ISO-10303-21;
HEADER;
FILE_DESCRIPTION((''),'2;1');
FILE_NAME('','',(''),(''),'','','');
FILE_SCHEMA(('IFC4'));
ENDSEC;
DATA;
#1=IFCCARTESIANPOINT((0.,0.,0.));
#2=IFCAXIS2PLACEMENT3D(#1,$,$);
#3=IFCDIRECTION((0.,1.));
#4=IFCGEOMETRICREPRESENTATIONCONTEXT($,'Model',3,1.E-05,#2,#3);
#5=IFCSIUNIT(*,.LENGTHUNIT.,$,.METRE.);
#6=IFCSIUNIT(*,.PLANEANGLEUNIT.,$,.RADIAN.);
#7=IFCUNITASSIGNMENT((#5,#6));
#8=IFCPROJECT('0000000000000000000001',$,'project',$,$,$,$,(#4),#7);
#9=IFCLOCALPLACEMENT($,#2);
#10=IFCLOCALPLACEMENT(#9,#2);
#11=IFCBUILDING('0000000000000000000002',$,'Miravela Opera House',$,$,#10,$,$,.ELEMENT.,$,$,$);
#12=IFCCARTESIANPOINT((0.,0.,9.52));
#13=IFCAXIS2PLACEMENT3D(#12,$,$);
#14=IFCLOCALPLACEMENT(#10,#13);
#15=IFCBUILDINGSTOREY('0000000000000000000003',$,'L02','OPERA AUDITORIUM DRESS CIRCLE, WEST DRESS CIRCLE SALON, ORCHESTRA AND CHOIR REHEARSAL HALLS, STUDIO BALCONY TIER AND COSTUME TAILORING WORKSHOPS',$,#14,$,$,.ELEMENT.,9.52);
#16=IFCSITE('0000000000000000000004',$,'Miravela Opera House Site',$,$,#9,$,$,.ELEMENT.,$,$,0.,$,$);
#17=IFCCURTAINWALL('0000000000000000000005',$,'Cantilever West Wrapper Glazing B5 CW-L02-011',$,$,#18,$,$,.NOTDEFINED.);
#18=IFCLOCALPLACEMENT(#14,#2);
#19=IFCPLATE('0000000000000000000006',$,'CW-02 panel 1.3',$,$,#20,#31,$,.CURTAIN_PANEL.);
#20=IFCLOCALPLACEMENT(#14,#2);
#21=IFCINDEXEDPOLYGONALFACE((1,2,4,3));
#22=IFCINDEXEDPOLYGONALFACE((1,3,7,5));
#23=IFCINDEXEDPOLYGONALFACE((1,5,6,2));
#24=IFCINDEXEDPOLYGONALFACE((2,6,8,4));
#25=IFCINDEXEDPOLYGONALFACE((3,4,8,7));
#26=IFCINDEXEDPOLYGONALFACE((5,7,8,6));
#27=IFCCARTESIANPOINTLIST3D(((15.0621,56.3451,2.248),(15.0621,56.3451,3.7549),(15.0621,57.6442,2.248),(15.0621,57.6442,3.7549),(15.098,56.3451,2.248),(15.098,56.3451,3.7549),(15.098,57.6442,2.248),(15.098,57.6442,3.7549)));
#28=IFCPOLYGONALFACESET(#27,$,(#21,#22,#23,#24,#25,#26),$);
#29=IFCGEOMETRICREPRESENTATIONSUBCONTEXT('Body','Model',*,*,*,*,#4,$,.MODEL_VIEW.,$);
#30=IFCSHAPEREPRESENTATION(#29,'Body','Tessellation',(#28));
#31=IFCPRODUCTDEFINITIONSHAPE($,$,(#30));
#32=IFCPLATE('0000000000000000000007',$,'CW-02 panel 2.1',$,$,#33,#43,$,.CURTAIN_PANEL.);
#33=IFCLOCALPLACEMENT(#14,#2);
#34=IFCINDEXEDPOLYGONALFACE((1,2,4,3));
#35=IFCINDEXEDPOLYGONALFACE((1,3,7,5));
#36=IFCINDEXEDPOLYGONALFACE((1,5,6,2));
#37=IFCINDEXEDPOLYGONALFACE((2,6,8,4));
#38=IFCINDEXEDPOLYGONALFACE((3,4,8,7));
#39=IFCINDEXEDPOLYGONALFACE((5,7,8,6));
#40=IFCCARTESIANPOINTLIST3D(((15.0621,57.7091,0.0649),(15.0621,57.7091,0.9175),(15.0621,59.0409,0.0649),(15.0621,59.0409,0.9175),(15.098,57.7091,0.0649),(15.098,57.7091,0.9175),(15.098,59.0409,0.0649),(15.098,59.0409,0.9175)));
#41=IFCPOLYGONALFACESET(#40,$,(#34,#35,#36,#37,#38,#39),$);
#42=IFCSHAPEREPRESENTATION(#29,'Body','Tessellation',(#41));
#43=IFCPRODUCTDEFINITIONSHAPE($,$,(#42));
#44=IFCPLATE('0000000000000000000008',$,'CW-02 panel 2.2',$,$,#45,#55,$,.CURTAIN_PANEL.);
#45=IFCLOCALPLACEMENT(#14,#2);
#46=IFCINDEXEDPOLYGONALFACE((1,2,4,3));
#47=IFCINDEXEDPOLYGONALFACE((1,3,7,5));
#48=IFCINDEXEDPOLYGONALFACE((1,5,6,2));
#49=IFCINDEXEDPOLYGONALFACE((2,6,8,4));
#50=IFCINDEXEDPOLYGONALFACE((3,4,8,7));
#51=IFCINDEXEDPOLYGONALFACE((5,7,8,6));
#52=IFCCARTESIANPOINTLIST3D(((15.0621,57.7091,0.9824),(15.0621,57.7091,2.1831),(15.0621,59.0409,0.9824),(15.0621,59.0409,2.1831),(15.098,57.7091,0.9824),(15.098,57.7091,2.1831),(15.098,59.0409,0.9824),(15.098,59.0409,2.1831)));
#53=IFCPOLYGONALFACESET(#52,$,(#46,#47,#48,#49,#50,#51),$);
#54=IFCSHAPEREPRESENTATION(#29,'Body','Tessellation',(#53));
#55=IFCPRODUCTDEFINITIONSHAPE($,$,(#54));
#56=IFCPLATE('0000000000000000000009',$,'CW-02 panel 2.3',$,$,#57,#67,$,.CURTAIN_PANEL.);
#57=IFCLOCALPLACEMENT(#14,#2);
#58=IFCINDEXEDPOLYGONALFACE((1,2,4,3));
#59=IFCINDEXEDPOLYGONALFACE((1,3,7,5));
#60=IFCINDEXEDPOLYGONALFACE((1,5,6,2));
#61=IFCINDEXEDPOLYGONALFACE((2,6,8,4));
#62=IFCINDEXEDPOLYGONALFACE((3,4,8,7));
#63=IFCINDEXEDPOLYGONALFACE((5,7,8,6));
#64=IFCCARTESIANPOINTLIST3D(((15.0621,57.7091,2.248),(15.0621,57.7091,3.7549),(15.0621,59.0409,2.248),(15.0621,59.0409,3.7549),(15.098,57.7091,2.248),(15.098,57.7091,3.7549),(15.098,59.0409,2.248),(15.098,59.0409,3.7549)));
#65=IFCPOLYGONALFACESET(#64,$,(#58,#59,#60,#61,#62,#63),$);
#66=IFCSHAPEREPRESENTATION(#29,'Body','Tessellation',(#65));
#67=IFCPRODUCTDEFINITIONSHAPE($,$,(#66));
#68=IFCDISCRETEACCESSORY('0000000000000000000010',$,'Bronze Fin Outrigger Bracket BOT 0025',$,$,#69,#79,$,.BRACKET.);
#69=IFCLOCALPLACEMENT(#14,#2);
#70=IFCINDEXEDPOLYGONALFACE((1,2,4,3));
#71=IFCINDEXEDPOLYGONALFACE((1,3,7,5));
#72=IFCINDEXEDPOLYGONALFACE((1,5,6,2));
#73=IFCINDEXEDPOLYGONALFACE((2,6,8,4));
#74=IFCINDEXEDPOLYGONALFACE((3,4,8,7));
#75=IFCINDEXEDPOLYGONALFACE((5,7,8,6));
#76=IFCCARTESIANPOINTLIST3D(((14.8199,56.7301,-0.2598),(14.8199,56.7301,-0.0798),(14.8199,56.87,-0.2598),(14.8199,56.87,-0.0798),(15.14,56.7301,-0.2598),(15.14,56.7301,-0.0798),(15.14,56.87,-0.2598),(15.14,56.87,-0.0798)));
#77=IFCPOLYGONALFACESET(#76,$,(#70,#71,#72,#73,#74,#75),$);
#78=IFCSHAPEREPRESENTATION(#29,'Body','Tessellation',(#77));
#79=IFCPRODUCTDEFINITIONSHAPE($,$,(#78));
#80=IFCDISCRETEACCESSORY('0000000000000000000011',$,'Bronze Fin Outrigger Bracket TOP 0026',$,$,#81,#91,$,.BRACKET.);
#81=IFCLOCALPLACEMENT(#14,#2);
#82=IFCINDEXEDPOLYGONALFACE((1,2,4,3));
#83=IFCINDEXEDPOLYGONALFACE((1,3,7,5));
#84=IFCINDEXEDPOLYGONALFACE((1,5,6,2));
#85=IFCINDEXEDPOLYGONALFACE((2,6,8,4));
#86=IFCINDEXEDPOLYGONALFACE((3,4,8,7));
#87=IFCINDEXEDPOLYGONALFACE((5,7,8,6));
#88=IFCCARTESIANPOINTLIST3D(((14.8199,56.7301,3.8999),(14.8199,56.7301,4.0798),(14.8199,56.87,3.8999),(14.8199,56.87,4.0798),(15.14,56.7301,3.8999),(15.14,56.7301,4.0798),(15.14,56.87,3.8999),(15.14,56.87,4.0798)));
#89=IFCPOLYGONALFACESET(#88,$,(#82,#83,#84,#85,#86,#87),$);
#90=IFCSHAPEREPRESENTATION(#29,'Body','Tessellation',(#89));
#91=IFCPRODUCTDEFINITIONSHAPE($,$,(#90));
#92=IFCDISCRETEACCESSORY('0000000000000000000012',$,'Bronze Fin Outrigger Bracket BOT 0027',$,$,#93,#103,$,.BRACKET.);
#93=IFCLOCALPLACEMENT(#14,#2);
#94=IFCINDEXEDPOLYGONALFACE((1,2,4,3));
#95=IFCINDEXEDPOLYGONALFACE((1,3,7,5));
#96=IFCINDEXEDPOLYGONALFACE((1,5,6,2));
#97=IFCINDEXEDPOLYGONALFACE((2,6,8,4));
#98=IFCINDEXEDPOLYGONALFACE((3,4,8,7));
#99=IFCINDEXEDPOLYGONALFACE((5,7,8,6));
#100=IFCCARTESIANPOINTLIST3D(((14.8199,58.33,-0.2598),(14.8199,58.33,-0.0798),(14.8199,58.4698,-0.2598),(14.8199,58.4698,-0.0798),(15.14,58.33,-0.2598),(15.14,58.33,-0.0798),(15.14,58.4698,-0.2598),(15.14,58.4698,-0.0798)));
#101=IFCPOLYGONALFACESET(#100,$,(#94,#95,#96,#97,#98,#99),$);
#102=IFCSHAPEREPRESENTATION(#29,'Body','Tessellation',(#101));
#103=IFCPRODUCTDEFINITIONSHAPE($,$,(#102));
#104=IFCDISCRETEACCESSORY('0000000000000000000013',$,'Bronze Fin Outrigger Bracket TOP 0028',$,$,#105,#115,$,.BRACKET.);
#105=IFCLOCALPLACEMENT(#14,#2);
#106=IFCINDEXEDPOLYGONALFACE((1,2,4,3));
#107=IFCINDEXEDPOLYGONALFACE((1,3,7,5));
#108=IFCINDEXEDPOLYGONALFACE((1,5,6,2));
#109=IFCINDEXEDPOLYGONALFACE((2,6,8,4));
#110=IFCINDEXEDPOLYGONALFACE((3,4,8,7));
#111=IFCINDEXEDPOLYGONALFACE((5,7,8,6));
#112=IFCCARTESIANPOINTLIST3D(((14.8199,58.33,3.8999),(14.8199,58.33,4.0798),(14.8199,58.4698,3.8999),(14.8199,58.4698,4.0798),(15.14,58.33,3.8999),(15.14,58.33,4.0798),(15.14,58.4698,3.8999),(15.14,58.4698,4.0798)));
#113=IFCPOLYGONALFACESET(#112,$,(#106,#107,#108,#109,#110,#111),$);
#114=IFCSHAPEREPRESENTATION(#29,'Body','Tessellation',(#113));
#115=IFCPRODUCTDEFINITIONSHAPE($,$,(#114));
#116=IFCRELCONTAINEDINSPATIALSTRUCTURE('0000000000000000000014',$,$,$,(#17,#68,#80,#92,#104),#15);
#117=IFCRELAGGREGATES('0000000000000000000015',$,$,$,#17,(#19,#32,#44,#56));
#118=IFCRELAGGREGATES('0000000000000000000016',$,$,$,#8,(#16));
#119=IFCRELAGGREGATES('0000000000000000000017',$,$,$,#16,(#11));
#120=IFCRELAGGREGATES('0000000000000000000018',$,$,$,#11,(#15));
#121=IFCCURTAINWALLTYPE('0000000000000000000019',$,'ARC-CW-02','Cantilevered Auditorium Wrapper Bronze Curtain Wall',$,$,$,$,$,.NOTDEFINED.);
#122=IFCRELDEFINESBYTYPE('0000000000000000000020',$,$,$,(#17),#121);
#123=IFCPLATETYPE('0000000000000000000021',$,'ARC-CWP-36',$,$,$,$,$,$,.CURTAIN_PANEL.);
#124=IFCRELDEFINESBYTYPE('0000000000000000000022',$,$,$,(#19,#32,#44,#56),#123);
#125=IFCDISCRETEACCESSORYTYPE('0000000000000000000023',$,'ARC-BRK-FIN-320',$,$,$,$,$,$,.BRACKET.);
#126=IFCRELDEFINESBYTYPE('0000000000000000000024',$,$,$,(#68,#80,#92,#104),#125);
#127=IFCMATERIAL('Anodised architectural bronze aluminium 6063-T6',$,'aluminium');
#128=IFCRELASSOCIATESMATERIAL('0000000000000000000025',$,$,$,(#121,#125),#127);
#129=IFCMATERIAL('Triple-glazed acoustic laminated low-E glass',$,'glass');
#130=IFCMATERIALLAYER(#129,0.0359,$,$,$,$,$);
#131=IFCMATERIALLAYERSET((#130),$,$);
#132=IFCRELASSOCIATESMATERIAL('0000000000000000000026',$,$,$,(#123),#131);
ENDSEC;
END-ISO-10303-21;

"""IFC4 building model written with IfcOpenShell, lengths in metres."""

from ifc_helpers import new_model, si_unit, direction, frame, origin, origin_2d, place, context, subcontext, project, spatial, rectangle, extrude, material, layer, layer_set, type_object, element, aggregate, save


model = new_model("IFC4")

# Units and contexts
model_context = context("Model", 3, precision=1e-05, world=origin(), true_north=direction((0.0, 1.0)))
body_context = subcontext(model_context, "Body", "Model", "MODEL_VIEW")
ifc_project = project(units=[si_unit("LENGTHUNIT", "METRE"), si_unit("PLANEANGLEUNIT", "RADIAN")], contexts=[model_context])

# Site, building, storey
site_placement = place(None, origin())
site = spatial("IfcSite", under=ifc_project, at=site_placement, Name="Miravela Opera House Site", CompositionType="ELEMENT", RefElevation=0.0)
building_placement = place(site_placement, origin())
building = spatial("IfcBuilding", under=site, at=building_placement, Name="Miravela Opera House", CompositionType="ELEMENT")
storey_placement = place(building_placement, frame((0.0, 0.0, 9.52)))
storey = spatial("IfcBuildingStorey", under=building, at=storey_placement, Name="L02", Description="OPERA AUDITORIUM DRESS CIRCLE, WEST DRESS CIRCLE SALON, ORCHESTRA AND CHOIR REHEARSAL HALLS, STUDIO BALCONY TIER AND COSTUME TAILORING WORKSHOPS", CompositionType="ELEMENT", Elevation=9.52)

# Curtain wall
ifc_material_1 = material(Name="Anodised architectural bronze aluminium 6063-T6", Category="aluminium")
curtain_wall_type = type_object("IfcCurtainWallType", Name="ARC-CW-02", Description="Cantilevered Auditorium Wrapper Bronze Curtain Wall", PredefinedType="NOTDEFINED", material=ifc_material_1)
curtain_wall_placement = place(storey_placement, origin())
curtain_wall = element("IfcCurtainWall", 1, at=curtain_wall_placement, inside=storey, type_object=curtain_wall_type, Name="Cantilever West Wrapper Glazing B5 CW-L02-011", PredefinedType="NOTDEFINED")

# Plates
ifc_material_2 = material(Name="Triple-glazed acoustic laminated low-E glass", Category="glass")
ifc_layer = layer(ifc_material_2, 0.0359)
ifc_layer_set = layer_set([ifc_layer])
plate_type = type_object("IfcPlateType", Name="ARC-CWP-36", PredefinedType="CURTAIN_PANEL", material=ifc_layer_set)
plate_1_placement = place(storey_placement, frame((15.0801, 56.9946, 2.248), z_axis=(0.0, 0.0, 1.0), x_axis=(0.0, 1.0, 0.0)))
plate_1 = element("IfcPlate", 2, at=plate_1_placement, type_object=plate_type, Name="CW-02 panel 1.3", PredefinedType="CURTAIN_PANEL", context=body_context, shape_type="SweptSolid", body=[
    extrude(rectangle(XDim=1.2991, YDim=0.0359, at=origin_2d()), origin(), (0.0, 0.0, 1.0), 1.5068),
])
plate_2_placement = place(storey_placement, frame((15.0801, 58.375, 0.0649), z_axis=(0.0, 0.0, 1.0), x_axis=(0.0, 1.0, 0.0)))
plate_2 = element("IfcPlate", 3, at=plate_2_placement, type_object=plate_type, Name="CW-02 panel 2.1", PredefinedType="CURTAIN_PANEL", context=body_context, shape_type="SweptSolid", body=[
    extrude(rectangle(XDim=1.3318, YDim=0.0359, at=origin_2d()), origin(), (0.0, 0.0, 1.0), 0.8525),
])
plate_3_placement = place(storey_placement, frame((15.0801, 58.375, 0.9824), z_axis=(0.0, 0.0, 1.0), x_axis=(0.0, 1.0, 0.0)))
plate_3 = element("IfcPlate", 4, at=plate_3_placement, type_object=plate_type, Name="CW-02 panel 2.2", PredefinedType="CURTAIN_PANEL", context=body_context, shape_type="SweptSolid", body=[
    extrude(rectangle(XDim=1.3318, YDim=0.0359, at=origin_2d()), origin(), (0.0, 0.0, 1.0), 1.2007),
])
plate_4_placement = place(storey_placement, frame((15.0801, 58.375, 2.248), z_axis=(0.0, 0.0, 1.0), x_axis=(0.0, 1.0, 0.0)))
plate_4 = element("IfcPlate", 5, at=plate_4_placement, type_object=plate_type, Name="CW-02 panel 2.3", PredefinedType="CURTAIN_PANEL", context=body_context, shape_type="SweptSolid", body=[
    extrude(rectangle(XDim=1.3318, YDim=0.0359, at=origin_2d()), origin(), (0.0, 0.0, 1.0), 1.5068),
])
aggregate(curtain_wall, [plate_1, plate_2, plate_3, plate_4])

# Discrete accessories
discrete_accessory_type = type_object("IfcDiscreteAccessoryType", Name="ARC-BRK-FIN-320", PredefinedType="BRACKET", material=ifc_material_1)
for number, where, z_axis, x_axis, name in (
    (6, (14.98, 56.8, -0.2598), (0.0, 0.0, 1.0), (1.0, 0.0, 0.0), "Bronze Fin Outrigger Bracket BOT 0025"),
    (7, (14.98, 56.8, 3.8999), (0.0, 0.0, 1.0), (1.0, 0.0, 0.0), "Bronze Fin Outrigger Bracket TOP 0026"),
    (8, (14.98, 58.3999, -0.2598), (0.0, 0.0, 1.0), (1.0, 0.0, 0.0), "Bronze Fin Outrigger Bracket BOT 0027"),
    (9, (14.98, 58.3999, 3.8999), (0.0, 0.0, 1.0), (1.0, 0.0, 0.0), "Bronze Fin Outrigger Bracket TOP 0028"),
):
    element("IfcDiscreteAccessory", number, at=place(storey_placement, frame(where, z_axis=z_axis, x_axis=x_axis)), inside=storey, type_object=discrete_accessory_type, Name=name, PredefinedType="BRACKET", context=body_context, shape_type="SweptSolid", body=[
        extrude(rectangle(XDim=0.3201, YDim=0.1399, at=origin_2d()), origin(), (0.0, 0.0, 1.0), 0.1799),
    ])

save(model, "model.ifc")
